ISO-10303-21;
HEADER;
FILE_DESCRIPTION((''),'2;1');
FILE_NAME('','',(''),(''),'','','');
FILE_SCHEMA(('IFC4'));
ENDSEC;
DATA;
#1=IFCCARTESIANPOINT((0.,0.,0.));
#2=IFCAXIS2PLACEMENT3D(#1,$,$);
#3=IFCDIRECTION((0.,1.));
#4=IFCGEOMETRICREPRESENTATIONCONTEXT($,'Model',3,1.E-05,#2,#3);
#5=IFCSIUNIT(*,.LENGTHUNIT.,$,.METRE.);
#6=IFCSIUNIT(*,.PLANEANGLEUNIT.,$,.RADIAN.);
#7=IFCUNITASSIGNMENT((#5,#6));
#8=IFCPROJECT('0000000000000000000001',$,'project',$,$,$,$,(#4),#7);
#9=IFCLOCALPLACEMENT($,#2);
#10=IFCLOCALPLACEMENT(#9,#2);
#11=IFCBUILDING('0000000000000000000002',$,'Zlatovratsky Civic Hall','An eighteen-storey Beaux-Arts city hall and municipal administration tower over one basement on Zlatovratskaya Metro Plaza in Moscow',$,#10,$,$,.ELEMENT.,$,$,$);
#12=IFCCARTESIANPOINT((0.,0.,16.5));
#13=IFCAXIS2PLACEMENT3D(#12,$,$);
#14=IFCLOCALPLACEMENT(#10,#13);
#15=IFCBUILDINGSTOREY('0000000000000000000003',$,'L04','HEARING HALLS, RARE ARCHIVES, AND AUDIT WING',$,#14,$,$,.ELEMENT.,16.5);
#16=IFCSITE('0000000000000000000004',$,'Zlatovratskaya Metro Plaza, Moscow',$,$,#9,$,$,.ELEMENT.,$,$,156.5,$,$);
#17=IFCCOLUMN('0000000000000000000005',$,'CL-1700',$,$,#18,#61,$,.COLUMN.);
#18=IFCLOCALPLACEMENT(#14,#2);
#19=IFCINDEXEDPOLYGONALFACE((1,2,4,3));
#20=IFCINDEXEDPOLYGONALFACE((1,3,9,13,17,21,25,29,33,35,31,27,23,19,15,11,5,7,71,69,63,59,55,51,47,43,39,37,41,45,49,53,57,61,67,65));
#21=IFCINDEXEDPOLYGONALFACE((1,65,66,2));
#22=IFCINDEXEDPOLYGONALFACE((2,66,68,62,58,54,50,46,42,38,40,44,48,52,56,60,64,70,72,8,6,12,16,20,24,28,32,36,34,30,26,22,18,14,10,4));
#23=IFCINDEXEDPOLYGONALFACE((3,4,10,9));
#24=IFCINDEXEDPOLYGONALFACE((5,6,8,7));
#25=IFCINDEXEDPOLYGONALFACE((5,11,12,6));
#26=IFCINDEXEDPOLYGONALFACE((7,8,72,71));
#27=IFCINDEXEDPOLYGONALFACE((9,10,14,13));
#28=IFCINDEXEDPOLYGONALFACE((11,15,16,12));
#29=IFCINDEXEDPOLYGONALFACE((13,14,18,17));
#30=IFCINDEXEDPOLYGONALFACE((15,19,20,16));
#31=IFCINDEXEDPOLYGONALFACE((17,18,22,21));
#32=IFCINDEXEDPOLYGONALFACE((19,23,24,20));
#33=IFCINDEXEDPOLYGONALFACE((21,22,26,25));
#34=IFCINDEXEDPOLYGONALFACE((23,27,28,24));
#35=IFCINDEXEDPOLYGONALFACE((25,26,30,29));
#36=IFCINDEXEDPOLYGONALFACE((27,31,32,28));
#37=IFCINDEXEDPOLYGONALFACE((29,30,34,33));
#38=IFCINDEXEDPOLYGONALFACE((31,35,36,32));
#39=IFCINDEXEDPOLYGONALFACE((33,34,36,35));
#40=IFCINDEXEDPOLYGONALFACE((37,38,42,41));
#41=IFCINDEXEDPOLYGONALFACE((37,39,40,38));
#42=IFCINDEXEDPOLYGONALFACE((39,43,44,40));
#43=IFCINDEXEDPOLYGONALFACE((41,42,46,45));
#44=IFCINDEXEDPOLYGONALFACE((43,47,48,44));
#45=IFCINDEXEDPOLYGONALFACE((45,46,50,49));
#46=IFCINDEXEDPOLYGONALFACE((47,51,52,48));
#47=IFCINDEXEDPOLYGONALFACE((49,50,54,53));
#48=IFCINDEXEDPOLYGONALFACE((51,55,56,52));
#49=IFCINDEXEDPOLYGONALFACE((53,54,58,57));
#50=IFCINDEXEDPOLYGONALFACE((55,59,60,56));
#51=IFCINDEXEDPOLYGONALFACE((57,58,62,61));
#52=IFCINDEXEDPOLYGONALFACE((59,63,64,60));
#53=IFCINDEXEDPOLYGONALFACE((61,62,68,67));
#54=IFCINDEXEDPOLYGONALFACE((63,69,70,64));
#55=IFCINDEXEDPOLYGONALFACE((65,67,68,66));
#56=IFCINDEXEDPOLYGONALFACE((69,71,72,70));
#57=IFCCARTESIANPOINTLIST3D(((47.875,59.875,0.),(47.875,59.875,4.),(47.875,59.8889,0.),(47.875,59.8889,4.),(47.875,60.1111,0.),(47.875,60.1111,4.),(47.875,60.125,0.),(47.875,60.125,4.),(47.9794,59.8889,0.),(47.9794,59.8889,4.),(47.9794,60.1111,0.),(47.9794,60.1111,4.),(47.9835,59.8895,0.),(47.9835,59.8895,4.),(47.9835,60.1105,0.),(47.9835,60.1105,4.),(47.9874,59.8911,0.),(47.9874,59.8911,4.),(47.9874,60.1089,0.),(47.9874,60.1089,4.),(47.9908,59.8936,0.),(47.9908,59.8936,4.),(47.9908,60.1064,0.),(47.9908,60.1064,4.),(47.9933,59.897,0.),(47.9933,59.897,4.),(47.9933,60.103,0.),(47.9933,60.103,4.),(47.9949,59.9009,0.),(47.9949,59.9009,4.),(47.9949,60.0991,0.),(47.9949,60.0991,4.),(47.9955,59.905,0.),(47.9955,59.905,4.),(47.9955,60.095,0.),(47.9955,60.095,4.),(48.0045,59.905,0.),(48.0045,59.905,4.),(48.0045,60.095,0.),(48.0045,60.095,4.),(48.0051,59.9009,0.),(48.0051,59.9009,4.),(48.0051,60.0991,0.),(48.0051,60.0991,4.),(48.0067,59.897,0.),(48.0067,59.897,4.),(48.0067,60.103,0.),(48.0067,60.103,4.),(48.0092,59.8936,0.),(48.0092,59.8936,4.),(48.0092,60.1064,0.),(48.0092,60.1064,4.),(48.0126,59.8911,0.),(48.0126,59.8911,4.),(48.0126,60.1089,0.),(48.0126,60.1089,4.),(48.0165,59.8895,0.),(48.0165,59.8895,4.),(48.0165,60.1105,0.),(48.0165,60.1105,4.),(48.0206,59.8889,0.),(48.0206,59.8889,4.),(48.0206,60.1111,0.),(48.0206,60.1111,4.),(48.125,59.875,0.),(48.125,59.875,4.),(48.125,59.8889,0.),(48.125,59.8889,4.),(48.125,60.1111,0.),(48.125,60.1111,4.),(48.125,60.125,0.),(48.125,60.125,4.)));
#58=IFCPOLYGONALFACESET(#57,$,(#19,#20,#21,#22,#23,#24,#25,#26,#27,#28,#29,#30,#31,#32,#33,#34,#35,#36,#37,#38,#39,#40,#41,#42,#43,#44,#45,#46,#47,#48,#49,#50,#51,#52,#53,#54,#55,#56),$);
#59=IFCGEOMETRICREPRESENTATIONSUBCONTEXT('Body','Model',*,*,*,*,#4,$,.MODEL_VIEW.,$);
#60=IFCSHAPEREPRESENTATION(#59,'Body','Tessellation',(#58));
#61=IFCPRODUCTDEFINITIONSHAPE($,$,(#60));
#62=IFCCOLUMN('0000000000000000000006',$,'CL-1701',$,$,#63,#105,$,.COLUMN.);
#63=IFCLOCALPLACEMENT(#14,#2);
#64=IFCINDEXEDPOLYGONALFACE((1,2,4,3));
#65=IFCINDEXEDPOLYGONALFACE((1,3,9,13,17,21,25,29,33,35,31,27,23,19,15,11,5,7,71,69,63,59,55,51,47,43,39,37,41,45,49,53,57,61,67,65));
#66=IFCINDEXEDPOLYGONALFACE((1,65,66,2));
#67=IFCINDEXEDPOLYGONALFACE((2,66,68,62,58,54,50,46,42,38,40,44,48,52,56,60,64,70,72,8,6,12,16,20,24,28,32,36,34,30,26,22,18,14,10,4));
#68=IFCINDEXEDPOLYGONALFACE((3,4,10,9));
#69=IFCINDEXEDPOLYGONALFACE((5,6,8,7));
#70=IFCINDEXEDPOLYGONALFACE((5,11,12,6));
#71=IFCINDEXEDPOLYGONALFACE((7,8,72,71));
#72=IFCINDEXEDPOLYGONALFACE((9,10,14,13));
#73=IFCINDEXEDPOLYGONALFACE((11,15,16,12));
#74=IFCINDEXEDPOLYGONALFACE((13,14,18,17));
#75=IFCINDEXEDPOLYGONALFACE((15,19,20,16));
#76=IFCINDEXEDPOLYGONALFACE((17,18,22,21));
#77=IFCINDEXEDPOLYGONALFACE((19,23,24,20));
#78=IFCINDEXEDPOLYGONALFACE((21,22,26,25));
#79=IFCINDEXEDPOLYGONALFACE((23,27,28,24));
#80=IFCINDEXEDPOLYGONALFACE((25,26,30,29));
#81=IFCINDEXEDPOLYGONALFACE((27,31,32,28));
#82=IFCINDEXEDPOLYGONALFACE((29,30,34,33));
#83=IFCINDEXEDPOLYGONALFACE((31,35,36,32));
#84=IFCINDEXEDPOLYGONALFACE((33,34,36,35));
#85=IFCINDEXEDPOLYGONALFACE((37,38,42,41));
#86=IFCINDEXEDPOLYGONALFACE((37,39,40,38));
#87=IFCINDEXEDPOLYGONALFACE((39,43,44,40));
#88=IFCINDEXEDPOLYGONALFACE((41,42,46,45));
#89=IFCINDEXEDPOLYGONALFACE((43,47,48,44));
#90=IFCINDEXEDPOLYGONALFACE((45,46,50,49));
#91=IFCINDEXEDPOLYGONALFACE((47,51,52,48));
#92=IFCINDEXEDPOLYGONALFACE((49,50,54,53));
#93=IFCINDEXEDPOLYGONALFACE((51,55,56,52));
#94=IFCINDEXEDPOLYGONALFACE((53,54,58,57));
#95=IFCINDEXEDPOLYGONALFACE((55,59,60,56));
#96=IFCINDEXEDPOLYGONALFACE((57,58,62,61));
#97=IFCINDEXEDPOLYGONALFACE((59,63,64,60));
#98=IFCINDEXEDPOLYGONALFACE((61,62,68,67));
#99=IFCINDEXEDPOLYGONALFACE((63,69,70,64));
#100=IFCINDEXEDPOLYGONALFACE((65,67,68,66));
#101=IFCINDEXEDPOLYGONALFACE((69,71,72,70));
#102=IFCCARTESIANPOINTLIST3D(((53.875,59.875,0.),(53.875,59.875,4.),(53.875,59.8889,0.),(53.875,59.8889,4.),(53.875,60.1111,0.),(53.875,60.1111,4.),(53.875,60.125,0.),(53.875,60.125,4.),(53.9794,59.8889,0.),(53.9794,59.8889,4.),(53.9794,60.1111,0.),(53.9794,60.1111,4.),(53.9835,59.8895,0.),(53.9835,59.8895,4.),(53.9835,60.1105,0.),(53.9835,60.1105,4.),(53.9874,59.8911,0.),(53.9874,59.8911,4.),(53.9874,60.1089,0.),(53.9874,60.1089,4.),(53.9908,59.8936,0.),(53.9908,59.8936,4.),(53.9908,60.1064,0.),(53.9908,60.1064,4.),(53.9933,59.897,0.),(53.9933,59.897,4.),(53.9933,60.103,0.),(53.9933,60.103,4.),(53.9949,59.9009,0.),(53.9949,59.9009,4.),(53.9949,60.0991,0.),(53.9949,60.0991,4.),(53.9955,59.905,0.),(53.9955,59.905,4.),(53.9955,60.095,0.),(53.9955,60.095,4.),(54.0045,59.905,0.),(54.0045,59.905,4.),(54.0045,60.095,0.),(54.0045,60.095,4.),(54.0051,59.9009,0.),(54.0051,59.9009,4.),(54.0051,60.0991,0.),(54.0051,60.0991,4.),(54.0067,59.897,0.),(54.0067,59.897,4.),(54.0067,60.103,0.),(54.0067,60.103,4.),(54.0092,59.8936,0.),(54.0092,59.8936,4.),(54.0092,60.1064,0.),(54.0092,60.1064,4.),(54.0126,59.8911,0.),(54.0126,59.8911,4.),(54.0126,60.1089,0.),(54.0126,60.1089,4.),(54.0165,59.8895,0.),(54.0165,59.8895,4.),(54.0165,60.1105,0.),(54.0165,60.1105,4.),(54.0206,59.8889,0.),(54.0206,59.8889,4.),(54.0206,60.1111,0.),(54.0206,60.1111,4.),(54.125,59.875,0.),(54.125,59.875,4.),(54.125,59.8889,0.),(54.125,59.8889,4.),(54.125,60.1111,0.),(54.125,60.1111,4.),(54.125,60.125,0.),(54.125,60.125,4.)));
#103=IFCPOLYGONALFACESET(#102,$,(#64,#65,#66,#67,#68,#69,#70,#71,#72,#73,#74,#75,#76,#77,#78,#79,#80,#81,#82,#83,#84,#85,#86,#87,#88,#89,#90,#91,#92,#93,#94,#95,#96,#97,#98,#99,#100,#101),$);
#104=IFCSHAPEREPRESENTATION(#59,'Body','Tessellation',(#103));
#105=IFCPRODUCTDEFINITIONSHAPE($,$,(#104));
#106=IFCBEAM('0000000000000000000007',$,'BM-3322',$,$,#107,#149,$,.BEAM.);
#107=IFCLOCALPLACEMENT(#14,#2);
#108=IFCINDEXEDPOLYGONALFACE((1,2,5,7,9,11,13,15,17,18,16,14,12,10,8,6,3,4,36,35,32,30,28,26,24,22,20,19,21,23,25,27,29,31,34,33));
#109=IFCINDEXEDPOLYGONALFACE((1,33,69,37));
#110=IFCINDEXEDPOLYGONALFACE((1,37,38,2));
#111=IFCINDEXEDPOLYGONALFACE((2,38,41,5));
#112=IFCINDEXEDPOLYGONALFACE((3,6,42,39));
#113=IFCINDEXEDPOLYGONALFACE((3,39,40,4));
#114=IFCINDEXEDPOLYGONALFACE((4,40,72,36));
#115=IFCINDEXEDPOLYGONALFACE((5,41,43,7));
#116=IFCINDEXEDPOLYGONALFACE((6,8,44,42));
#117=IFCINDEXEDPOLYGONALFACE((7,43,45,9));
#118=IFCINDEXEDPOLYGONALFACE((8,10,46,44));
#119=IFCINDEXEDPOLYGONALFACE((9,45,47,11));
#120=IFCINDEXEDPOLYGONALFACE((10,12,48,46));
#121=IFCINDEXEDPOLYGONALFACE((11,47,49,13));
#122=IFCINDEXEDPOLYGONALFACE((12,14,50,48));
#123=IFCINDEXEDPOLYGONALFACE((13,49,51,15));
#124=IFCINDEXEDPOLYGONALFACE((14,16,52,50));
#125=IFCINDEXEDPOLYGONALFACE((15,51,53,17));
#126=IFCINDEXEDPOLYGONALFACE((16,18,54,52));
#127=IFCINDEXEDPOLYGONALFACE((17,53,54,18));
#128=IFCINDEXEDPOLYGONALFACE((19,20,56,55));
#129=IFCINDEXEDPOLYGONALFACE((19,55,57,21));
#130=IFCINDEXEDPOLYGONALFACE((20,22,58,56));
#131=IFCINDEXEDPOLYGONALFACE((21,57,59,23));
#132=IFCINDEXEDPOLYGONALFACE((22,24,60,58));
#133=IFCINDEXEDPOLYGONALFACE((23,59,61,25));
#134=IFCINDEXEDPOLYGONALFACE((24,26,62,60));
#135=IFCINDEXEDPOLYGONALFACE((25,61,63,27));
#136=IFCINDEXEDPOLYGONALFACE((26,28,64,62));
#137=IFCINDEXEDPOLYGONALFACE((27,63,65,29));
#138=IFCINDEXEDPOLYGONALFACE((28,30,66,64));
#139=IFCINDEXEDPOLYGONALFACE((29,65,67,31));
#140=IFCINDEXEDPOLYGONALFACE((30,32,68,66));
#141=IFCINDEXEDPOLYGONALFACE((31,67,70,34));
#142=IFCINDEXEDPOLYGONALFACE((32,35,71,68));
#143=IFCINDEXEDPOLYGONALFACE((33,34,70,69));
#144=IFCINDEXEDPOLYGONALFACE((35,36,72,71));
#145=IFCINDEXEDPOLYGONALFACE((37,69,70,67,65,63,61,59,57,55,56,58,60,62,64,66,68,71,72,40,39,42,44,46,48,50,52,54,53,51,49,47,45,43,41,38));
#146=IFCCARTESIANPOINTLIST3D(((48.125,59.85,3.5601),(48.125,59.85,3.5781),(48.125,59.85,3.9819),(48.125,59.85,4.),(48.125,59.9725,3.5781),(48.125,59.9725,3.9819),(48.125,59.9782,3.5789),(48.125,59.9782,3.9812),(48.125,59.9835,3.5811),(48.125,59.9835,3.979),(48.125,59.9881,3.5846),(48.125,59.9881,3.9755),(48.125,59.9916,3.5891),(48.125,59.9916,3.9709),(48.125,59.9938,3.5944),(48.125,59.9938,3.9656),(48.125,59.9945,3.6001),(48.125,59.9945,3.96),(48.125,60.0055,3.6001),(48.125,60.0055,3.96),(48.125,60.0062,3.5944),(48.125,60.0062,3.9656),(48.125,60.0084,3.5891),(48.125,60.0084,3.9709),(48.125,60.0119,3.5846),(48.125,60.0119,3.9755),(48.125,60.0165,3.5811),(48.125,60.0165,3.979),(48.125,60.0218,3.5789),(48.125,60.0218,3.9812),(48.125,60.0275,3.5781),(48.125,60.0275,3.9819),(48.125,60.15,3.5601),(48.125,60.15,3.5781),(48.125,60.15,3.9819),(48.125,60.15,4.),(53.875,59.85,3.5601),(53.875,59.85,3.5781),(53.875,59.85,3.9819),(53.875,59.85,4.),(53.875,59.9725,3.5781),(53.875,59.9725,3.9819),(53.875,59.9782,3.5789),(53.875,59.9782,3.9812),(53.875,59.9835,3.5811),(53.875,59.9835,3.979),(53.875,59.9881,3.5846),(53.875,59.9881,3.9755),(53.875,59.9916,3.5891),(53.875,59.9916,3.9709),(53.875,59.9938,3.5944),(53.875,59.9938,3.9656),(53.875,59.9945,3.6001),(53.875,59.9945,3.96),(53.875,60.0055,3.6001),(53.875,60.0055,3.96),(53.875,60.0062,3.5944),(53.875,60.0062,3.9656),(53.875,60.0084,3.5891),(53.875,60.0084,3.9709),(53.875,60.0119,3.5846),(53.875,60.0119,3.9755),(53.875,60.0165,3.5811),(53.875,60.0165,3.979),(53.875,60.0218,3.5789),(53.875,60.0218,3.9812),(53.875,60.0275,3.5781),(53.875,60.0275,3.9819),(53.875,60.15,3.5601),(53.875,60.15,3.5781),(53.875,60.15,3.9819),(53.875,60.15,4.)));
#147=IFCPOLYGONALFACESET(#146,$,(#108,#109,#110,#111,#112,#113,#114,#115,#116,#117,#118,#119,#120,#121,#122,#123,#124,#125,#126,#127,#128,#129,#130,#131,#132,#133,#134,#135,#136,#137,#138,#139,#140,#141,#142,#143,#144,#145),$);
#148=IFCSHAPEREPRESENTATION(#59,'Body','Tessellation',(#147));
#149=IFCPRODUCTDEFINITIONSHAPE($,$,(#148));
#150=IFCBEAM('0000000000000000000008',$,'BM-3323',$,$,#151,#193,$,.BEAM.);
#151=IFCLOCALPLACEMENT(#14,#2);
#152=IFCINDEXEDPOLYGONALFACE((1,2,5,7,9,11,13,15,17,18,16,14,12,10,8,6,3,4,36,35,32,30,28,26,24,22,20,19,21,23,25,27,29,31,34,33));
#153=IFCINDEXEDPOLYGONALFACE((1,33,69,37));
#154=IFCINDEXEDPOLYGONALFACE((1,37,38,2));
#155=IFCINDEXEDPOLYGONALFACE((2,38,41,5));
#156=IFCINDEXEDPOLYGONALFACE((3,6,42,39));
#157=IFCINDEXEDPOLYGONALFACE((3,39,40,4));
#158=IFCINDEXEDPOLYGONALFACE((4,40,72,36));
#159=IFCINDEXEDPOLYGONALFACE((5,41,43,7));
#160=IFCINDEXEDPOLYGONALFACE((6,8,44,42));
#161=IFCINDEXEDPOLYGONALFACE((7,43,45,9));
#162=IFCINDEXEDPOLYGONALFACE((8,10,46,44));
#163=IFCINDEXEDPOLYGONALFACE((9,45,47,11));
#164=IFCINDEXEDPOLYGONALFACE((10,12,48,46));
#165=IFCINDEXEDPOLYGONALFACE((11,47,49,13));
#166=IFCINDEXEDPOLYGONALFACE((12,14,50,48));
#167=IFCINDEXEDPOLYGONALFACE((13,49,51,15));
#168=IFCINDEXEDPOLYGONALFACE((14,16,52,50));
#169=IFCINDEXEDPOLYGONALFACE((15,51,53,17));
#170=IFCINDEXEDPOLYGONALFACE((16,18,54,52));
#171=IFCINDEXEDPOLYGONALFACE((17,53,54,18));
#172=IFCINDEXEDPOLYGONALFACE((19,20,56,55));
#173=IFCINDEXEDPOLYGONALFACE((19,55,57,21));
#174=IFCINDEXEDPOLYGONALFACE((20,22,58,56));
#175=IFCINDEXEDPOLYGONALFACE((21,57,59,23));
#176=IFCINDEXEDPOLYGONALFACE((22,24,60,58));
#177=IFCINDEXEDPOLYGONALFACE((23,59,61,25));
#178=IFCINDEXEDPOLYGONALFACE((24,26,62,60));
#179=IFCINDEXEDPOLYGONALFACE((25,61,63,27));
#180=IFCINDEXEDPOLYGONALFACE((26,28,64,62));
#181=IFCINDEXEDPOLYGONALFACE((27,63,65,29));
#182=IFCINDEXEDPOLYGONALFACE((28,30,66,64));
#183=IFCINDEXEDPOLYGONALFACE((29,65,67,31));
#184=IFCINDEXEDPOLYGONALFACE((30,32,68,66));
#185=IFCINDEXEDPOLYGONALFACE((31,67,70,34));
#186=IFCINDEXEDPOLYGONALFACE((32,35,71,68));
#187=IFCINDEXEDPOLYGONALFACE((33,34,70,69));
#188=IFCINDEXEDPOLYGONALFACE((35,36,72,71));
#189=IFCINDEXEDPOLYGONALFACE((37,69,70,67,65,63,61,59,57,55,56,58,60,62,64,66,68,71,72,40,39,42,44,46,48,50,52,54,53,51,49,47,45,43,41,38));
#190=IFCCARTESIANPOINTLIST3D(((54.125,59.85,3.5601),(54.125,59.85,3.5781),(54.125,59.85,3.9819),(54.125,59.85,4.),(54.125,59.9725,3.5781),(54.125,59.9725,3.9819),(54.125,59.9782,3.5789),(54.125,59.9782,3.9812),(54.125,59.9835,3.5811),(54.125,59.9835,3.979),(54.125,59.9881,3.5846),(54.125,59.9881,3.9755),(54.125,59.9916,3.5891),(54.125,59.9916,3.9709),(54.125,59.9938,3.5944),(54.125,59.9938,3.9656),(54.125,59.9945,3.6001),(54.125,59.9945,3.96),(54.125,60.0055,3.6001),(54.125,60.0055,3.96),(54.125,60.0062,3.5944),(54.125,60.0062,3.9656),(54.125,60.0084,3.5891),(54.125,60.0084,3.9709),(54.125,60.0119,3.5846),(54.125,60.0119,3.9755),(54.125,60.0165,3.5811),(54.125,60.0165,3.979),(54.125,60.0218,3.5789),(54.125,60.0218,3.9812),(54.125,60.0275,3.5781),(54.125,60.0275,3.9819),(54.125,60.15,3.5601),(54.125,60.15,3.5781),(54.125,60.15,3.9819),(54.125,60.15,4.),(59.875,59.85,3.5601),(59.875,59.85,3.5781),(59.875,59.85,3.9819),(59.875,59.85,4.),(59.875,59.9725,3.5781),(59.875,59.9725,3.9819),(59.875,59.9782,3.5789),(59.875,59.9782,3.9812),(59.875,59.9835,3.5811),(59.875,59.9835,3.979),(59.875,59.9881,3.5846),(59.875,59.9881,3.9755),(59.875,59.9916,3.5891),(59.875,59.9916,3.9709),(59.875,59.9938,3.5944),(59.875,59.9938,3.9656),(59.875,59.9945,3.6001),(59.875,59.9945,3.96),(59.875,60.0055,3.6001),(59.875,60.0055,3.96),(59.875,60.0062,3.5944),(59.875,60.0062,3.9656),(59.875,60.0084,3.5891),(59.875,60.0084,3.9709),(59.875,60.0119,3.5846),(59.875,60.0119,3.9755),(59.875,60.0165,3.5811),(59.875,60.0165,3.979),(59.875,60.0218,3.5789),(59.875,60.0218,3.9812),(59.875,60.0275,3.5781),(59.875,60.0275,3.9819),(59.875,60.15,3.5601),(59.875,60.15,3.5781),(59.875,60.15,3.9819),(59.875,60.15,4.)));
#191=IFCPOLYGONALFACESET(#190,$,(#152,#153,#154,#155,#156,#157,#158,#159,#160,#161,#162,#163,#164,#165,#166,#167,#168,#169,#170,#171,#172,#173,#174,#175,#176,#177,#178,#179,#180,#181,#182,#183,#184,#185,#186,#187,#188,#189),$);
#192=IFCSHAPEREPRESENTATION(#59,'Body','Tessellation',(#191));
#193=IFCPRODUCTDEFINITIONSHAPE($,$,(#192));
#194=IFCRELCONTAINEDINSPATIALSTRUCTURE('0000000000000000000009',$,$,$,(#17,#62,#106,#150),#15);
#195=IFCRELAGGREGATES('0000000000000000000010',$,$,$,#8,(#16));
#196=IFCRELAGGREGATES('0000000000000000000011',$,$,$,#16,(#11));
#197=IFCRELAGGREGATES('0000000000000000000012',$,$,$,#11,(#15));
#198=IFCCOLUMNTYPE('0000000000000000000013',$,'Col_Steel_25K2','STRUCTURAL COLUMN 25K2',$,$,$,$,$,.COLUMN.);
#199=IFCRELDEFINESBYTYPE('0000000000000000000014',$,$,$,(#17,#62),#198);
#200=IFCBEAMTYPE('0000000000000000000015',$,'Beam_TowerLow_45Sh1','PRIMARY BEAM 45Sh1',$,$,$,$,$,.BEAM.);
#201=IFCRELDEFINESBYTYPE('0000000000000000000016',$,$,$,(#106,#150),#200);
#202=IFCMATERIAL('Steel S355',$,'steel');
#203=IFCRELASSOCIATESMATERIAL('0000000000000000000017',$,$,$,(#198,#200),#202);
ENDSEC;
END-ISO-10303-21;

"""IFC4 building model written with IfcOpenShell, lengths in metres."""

from ifc_helpers import new_model, si_unit, direction, frame, origin, origin_2d, place, context, subcontext, project, spatial, i_section, extrude, material, material_profile, profile_set, type_object, element, save


model = new_model("IFC4")

# Units and contexts
model_context = context("Model", 3, precision=1e-05, world=origin(), true_north=direction((0.0, 1.0)))
body_context = subcontext(model_context, "Body", "Model", "MODEL_VIEW")
ifc_project = project(units=[si_unit("LENGTHUNIT", "METRE"), si_unit("PLANEANGLEUNIT", "RADIAN")], contexts=[model_context])

# Site, building, storey
site_placement = place(None, origin())
site = spatial("IfcSite", under=ifc_project, at=site_placement, Name="Zlatovratskaya Metro Plaza, Moscow", CompositionType="ELEMENT", RefElevation=156.5)
building_placement = place(site_placement, origin())
building = spatial("IfcBuilding", under=site, at=building_placement, Name="Zlatovratsky Civic Hall", Description="An eighteen-storey Beaux-Arts city hall and municipal administration tower over one basement on Zlatovratskaya Metro Plaza in Moscow", CompositionType="ELEMENT")
storey_placement = place(building_placement, frame((0.0, 0.0, 16.5)))
storey = spatial("IfcBuildingStorey", under=building, at=storey_placement, Name="L04", Description="HEARING HALLS, RARE ARCHIVES, AND AUDIT WING", CompositionType="ELEMENT", Elevation=16.5)

# Columns
ifc_material_1 = material(Name="Steel S355", Category="steel")
ifc_material_profile_1 = material_profile(ifc_material_1, i_section(OverallWidth=0.25, OverallDepth=0.25, WebThickness=0.009, FlangeThickness=0.0139, FilletRadius=0.0161, at=origin_2d()), Name="25K2")
ifc_profile_set_1 = profile_set([ifc_material_profile_1], Name="Steel S355")
column_type = type_object("IfcColumnType", Name="Col_Steel_25K2", Description="STRUCTURAL COLUMN 25K2", PredefinedType="COLUMN", material=ifc_profile_set_1)
for number, where, z_axis, x_axis, name in (
    (1, (48.0, 60.0, 0.0), (0.0, 0.0, 1.0), (1.0, 0.0, 0.0), "CL-1700"),
    (2, (54.0, 60.0, 0.0), (0.0, 0.0, 1.0), (1.0, 0.0, 0.0), "CL-1701"),
):
    element("IfcColumn", number, at=place(storey_placement, frame(where, z_axis=z_axis, x_axis=x_axis)), inside=storey, type_object=column_type, Name=name, PredefinedType="COLUMN", context=body_context, shape_type="SweptSolid", body=[
        extrude(i_section(OverallWidth=0.25, OverallDepth=0.25, WebThickness=0.009, FlangeThickness=0.0139, FilletRadius=0.0161, at=origin_2d()), origin(), (0.0, 0.0, 1.0), 4.0),
    ])

# Beams
ifc_material_profile_2 = material_profile(ifc_material_1, i_section(OverallWidth=0.3, OverallDepth=0.4399, WebThickness=0.011, FlangeThickness=0.0181, FilletRadius=0.022, at=origin_2d()), Name="45Sh1")
ifc_profile_set_2 = profile_set([ifc_material_profile_2], Name="Steel S355")
beam_type = type_object("IfcBeamType", Name="Beam_TowerLow_45Sh1", Description="PRIMARY BEAM 45Sh1", PredefinedType="BEAM", material=ifc_profile_set_2)
for number, where, z_axis, x_axis, name in (
    (3, (48.125, 60.0, 3.78), (1.0, 0.0, 0.0), (0.0, 1.0, 0.0), "BM-3322"),
    (4, (54.125, 60.0, 3.78), (1.0, 0.0, 0.0), (0.0, 1.0, 0.0), "BM-3323"),
):
    element("IfcBeam", number, at=place(storey_placement, frame(where, z_axis=z_axis, x_axis=x_axis)), inside=storey, type_object=beam_type, Name=name, PredefinedType="BEAM", context=body_context, shape_type="SweptSolid", body=[
        extrude(i_section(OverallWidth=0.3, OverallDepth=0.4399, WebThickness=0.011, FlangeThickness=0.0181, FilletRadius=0.022, at=origin_2d()), origin(), (0.0, 0.0, 1.0), 5.75),
    ])

save(model, "model.ifc")
